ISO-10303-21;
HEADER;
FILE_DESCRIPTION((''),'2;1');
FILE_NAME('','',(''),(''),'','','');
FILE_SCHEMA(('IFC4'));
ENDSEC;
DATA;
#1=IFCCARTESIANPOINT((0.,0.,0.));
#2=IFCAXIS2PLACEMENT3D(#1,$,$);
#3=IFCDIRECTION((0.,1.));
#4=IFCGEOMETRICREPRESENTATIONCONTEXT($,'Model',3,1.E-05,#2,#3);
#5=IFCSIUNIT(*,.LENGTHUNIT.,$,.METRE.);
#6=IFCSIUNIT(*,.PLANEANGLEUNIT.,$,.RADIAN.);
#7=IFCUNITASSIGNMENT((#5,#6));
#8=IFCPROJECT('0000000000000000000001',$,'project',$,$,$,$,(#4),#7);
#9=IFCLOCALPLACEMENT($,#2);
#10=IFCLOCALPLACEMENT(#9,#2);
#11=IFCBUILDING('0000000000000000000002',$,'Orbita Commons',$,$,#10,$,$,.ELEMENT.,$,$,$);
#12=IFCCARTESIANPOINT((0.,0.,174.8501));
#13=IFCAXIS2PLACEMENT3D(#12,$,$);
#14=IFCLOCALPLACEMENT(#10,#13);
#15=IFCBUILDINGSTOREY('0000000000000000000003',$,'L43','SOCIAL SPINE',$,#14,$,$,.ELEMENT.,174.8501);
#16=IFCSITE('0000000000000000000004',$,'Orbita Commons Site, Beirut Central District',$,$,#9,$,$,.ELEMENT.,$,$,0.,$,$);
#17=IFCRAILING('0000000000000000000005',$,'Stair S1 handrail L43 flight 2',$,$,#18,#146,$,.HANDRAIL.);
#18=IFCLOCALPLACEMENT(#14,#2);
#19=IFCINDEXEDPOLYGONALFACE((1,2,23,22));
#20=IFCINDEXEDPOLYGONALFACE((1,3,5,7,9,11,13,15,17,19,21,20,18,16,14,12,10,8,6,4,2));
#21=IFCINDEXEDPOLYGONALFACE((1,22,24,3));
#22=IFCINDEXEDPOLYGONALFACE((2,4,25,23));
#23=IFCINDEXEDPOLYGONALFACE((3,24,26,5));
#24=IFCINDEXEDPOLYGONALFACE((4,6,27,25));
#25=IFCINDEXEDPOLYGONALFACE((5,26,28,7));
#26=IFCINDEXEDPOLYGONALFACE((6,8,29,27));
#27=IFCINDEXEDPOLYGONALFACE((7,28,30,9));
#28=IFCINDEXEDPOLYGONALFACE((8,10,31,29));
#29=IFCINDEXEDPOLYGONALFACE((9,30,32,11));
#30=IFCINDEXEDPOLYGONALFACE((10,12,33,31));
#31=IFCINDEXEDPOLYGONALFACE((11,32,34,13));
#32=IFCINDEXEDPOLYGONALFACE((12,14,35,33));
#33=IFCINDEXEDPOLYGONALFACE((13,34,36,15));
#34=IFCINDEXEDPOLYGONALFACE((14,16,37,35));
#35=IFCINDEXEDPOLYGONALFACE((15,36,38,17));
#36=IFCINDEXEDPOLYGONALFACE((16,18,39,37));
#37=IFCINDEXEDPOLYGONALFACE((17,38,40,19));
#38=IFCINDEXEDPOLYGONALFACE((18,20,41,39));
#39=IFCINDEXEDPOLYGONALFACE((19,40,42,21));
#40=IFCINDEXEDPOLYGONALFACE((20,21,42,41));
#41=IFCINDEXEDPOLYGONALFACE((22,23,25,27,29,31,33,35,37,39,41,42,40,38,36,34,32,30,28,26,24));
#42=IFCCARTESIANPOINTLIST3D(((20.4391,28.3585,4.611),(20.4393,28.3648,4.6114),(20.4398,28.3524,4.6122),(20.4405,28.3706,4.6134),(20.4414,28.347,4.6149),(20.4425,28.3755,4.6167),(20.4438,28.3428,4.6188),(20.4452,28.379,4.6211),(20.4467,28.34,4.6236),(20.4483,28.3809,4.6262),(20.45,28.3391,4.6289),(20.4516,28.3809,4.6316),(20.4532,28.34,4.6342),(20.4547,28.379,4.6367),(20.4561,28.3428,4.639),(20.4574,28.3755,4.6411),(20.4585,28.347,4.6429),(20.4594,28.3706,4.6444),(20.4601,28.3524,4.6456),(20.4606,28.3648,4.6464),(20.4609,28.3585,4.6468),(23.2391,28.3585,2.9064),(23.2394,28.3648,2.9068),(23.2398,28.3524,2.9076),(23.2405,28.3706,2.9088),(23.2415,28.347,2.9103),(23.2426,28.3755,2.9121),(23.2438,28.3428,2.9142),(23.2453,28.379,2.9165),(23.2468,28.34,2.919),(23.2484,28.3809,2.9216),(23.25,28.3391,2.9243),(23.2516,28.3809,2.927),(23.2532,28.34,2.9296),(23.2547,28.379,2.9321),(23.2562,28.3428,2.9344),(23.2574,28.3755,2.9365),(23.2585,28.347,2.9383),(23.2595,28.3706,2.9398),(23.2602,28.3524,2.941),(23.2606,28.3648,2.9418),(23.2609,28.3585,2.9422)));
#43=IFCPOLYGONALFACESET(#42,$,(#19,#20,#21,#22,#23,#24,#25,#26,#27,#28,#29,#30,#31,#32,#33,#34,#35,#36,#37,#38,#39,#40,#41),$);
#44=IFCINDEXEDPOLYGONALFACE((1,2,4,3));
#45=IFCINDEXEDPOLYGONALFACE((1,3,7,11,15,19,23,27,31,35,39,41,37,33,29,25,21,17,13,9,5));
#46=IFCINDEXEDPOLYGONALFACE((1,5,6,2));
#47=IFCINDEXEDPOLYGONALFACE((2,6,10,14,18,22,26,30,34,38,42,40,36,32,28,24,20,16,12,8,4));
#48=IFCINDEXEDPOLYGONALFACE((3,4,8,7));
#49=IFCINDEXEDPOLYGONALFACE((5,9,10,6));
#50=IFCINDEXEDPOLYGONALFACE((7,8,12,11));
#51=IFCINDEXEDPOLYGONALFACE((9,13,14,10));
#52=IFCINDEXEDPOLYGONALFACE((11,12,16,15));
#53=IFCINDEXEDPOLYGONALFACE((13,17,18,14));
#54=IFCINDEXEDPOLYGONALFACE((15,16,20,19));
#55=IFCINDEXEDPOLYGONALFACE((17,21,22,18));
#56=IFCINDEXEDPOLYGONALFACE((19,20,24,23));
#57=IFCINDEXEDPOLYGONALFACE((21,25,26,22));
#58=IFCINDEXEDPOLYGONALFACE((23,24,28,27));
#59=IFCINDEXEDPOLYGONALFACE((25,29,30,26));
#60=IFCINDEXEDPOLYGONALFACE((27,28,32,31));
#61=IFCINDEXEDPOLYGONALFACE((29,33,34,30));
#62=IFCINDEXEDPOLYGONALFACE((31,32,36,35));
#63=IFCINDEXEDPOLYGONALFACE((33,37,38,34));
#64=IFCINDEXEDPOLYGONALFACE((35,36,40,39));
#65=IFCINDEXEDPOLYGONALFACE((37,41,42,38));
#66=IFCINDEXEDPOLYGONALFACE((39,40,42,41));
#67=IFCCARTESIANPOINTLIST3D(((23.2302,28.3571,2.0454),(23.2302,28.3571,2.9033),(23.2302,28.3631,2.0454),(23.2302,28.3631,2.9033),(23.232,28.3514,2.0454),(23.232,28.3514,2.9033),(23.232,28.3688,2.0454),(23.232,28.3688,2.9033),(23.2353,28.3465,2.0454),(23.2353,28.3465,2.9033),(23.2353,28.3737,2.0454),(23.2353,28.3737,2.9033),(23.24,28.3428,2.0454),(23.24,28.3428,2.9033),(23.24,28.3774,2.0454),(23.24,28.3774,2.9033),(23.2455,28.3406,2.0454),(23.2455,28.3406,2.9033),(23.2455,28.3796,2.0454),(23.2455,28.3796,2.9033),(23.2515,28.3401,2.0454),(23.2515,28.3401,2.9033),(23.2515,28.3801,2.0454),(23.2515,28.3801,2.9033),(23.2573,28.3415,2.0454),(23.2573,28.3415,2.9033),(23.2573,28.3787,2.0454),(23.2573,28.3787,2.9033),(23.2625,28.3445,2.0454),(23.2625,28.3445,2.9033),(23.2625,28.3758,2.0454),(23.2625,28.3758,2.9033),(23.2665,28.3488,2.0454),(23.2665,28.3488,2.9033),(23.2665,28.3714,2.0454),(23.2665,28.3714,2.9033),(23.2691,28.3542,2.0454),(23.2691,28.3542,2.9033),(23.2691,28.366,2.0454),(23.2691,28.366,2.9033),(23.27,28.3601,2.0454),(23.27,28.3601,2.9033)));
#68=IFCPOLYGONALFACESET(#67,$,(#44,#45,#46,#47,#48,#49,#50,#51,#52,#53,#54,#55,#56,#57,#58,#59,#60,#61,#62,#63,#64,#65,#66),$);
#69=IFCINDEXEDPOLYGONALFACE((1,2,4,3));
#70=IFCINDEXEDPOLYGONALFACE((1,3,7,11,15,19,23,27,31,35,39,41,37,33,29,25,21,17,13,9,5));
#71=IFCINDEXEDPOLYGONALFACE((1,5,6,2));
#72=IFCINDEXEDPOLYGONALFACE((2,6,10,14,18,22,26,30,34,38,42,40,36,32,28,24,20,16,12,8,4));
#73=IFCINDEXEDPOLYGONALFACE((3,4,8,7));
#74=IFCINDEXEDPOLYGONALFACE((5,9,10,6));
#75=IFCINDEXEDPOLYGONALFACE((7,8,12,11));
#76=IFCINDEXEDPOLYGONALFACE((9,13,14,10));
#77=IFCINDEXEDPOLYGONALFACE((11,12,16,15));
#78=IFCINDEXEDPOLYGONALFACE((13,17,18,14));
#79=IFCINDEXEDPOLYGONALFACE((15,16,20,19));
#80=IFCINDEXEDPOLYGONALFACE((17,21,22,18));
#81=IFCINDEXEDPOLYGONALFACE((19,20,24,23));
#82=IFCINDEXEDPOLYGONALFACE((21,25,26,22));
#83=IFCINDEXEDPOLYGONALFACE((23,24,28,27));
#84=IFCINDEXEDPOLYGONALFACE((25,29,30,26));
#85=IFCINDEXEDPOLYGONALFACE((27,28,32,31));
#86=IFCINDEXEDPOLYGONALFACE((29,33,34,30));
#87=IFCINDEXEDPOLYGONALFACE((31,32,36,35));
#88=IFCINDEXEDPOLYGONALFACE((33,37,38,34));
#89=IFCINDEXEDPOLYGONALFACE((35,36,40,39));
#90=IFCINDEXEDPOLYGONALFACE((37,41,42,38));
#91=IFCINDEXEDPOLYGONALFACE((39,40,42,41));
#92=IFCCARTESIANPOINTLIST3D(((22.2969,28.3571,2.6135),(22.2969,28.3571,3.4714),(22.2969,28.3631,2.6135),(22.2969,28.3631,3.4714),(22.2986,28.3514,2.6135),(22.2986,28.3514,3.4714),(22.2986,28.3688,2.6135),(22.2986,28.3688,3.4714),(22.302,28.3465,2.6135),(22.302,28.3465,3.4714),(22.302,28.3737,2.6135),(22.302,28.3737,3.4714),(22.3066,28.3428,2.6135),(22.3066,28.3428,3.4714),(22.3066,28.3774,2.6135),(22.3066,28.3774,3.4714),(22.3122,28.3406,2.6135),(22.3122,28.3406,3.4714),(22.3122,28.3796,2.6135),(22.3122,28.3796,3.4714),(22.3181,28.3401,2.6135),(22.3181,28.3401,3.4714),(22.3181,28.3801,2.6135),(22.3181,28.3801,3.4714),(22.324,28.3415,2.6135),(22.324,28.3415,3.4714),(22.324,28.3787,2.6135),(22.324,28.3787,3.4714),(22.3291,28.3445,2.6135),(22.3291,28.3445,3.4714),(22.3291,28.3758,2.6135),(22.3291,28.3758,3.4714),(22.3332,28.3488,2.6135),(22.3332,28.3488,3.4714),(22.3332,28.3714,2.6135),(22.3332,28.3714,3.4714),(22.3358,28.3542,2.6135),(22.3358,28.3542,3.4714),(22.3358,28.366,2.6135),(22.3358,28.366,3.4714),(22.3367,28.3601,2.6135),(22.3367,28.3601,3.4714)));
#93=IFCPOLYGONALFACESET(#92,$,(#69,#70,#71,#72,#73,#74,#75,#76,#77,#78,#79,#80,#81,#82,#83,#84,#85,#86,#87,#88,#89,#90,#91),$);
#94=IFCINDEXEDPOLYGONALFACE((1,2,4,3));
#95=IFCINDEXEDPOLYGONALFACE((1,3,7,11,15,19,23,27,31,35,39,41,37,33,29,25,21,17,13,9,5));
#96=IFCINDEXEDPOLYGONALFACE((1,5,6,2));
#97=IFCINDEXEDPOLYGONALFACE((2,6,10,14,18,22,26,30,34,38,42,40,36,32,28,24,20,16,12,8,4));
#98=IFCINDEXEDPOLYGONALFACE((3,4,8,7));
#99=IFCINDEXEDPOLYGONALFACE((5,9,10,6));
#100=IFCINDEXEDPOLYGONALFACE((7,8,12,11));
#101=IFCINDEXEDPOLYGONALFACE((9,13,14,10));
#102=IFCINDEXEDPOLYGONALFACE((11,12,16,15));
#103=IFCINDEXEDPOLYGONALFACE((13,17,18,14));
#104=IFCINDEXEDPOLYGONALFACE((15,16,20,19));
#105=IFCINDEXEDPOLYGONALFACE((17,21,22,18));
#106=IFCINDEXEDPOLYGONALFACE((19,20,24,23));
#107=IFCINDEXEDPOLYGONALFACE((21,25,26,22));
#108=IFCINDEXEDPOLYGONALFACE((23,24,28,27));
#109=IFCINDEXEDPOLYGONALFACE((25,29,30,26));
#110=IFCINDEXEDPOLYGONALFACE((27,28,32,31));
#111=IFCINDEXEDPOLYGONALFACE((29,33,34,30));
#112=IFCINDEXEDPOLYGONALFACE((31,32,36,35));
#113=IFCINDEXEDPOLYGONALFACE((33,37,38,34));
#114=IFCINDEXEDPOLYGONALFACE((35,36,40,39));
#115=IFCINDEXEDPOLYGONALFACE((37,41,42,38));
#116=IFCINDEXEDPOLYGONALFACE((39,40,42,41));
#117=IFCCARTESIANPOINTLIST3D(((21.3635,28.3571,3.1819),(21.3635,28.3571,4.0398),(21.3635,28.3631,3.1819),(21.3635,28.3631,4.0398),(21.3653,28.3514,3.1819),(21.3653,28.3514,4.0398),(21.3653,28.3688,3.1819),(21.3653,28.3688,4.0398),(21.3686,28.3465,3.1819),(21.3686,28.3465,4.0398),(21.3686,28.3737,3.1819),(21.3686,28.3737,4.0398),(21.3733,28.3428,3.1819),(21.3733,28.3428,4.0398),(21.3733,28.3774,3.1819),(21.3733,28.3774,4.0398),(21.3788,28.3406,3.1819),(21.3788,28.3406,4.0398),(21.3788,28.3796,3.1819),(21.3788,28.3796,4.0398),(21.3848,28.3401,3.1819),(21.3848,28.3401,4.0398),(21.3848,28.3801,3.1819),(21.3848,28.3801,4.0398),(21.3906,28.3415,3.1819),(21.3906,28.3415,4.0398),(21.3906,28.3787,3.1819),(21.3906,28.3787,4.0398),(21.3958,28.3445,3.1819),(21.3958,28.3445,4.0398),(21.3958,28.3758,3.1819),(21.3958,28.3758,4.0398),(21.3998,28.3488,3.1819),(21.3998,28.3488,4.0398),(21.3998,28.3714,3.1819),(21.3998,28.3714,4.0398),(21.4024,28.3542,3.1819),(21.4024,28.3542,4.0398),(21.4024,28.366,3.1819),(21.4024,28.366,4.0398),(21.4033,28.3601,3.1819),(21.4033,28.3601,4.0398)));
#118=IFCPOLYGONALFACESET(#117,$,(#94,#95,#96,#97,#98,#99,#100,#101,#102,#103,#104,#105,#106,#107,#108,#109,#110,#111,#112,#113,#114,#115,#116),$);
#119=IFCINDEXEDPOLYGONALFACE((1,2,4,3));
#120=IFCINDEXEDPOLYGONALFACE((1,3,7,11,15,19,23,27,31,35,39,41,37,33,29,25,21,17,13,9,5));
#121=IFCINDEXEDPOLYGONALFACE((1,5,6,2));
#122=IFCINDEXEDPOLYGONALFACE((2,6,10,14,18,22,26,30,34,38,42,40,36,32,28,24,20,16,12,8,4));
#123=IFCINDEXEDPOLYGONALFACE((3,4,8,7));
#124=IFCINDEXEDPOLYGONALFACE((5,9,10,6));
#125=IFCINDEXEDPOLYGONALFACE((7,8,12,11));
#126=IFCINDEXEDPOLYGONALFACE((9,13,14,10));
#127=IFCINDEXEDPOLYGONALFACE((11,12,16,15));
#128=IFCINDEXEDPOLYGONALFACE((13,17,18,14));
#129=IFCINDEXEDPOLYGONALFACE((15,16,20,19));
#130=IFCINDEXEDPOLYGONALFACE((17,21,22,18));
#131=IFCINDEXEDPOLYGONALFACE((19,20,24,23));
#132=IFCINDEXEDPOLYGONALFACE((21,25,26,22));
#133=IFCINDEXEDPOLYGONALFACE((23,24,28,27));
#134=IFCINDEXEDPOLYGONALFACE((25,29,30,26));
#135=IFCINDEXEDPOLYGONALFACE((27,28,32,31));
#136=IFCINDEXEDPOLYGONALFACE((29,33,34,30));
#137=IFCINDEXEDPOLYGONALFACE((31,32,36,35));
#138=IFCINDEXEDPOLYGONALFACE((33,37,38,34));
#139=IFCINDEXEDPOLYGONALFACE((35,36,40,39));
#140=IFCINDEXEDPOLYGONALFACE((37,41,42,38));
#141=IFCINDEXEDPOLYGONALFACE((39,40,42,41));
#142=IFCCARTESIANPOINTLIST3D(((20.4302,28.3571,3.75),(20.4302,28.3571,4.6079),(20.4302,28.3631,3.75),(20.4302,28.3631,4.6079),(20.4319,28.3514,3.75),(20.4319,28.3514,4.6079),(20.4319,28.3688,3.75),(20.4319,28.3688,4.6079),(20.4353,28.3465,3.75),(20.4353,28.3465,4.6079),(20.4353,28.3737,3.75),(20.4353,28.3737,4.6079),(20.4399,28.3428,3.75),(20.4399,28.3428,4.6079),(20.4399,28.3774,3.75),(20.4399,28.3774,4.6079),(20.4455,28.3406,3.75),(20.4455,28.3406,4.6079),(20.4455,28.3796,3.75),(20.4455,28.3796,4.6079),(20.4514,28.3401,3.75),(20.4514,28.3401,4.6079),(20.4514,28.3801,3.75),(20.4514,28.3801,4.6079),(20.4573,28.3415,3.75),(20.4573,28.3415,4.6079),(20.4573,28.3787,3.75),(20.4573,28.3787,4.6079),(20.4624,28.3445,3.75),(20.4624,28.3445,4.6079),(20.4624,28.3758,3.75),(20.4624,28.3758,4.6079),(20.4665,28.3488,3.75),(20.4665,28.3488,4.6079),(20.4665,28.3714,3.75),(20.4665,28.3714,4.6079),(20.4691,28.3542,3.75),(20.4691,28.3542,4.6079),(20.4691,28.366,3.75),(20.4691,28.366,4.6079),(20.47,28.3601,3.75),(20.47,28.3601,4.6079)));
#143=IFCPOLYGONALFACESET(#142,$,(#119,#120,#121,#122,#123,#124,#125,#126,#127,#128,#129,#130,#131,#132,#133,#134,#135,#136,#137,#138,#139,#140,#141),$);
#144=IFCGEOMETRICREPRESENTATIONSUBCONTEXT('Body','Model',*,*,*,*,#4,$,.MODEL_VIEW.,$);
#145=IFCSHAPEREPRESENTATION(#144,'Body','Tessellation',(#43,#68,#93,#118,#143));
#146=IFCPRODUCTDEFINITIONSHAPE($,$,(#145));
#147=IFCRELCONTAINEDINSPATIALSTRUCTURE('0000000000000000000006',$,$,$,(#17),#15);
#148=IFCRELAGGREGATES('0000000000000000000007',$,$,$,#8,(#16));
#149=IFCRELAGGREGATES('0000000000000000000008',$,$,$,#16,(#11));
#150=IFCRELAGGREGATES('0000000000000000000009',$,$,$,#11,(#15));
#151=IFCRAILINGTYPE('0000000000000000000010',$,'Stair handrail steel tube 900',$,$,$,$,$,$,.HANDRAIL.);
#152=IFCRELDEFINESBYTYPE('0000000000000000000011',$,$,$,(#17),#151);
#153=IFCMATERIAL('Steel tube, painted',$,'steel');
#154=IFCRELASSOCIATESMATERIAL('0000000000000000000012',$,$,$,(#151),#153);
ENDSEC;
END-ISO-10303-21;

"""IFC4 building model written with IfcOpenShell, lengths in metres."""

from ifc_helpers import new_model, si_unit, direction, frame, origin, origin_2d, place, context, subcontext, project, spatial, circle, extrude, material, type_object, element, save


model = new_model("IFC4")

# Units and contexts
model_context = context("Model", 3, precision=1e-05, world=origin(), true_north=direction((0.0, 1.0)))
body_context = subcontext(model_context, "Body", "Model", "MODEL_VIEW")
ifc_project = project(units=[si_unit("LENGTHUNIT", "METRE"), si_unit("PLANEANGLEUNIT", "RADIAN")], contexts=[model_context])

# Site, building, storey
site_placement = place(None, origin())
site = spatial("IfcSite", under=ifc_project, at=site_placement, Name="Orbita Commons Site, Beirut Central District", CompositionType="ELEMENT", RefElevation=0.0)
building_placement = place(site_placement, origin())
building = spatial("IfcBuilding", under=site, at=building_placement, Name="Orbita Commons", CompositionType="ELEMENT")
storey_placement = place(building_placement, frame((0.0, 0.0, 174.8501)))
storey = spatial("IfcBuildingStorey", under=building, at=storey_placement, Name="L43", Description="SOCIAL SPINE", CompositionType="ELEMENT", Elevation=174.8501)

# Railing
ifc_material_1 = material(Name="Steel tube, painted", Category="steel")
railing_type = type_object("IfcRailingType", Name="Stair handrail steel tube 900", PredefinedType="HANDRAIL", material=ifc_material_1)
for number, where, name in (
    (1, (23.25, 28.3601, 2.0454), "Stair S1 handrail L43 flight 2"),
):
    element("IfcRailing", number, at=place(storey_placement, frame(where)), inside=storey, type_object=railing_type, Name=name, PredefinedType="HANDRAIL", context=body_context, shape_type="SweptSolid", body=[
        extrude(circle(Radius=0.021, at=origin_2d()), frame((0.0, 0.0, 0.8789), z_axis=(-0.85417, 0.0, 0.519994), x_axis=(0.0, -1.0, 0.0)), (0.0, 0.0, 1.0), 3.2781),
        extrude(circle(Radius=0.02, at=origin_2d()), origin(), (0.0, 0.0, 1.0), 0.8579),
        extrude(circle(Radius=0.02, at=origin_2d()), frame((-0.9333, 0.0, 0.5681)), (0.0, 0.0, 1.0), 0.8579),
        extrude(circle(Radius=0.02, at=origin_2d()), frame((-1.8667, 0.0, 1.1365)), (0.0, 0.0, 1.0), 0.8579),
        extrude(circle(Radius=0.02, at=origin_2d()), frame((-2.8, 0.0, 1.7046)), (0.0, 0.0, 1.0), 0.8579),
    ])

save(model, "model.ifc")
